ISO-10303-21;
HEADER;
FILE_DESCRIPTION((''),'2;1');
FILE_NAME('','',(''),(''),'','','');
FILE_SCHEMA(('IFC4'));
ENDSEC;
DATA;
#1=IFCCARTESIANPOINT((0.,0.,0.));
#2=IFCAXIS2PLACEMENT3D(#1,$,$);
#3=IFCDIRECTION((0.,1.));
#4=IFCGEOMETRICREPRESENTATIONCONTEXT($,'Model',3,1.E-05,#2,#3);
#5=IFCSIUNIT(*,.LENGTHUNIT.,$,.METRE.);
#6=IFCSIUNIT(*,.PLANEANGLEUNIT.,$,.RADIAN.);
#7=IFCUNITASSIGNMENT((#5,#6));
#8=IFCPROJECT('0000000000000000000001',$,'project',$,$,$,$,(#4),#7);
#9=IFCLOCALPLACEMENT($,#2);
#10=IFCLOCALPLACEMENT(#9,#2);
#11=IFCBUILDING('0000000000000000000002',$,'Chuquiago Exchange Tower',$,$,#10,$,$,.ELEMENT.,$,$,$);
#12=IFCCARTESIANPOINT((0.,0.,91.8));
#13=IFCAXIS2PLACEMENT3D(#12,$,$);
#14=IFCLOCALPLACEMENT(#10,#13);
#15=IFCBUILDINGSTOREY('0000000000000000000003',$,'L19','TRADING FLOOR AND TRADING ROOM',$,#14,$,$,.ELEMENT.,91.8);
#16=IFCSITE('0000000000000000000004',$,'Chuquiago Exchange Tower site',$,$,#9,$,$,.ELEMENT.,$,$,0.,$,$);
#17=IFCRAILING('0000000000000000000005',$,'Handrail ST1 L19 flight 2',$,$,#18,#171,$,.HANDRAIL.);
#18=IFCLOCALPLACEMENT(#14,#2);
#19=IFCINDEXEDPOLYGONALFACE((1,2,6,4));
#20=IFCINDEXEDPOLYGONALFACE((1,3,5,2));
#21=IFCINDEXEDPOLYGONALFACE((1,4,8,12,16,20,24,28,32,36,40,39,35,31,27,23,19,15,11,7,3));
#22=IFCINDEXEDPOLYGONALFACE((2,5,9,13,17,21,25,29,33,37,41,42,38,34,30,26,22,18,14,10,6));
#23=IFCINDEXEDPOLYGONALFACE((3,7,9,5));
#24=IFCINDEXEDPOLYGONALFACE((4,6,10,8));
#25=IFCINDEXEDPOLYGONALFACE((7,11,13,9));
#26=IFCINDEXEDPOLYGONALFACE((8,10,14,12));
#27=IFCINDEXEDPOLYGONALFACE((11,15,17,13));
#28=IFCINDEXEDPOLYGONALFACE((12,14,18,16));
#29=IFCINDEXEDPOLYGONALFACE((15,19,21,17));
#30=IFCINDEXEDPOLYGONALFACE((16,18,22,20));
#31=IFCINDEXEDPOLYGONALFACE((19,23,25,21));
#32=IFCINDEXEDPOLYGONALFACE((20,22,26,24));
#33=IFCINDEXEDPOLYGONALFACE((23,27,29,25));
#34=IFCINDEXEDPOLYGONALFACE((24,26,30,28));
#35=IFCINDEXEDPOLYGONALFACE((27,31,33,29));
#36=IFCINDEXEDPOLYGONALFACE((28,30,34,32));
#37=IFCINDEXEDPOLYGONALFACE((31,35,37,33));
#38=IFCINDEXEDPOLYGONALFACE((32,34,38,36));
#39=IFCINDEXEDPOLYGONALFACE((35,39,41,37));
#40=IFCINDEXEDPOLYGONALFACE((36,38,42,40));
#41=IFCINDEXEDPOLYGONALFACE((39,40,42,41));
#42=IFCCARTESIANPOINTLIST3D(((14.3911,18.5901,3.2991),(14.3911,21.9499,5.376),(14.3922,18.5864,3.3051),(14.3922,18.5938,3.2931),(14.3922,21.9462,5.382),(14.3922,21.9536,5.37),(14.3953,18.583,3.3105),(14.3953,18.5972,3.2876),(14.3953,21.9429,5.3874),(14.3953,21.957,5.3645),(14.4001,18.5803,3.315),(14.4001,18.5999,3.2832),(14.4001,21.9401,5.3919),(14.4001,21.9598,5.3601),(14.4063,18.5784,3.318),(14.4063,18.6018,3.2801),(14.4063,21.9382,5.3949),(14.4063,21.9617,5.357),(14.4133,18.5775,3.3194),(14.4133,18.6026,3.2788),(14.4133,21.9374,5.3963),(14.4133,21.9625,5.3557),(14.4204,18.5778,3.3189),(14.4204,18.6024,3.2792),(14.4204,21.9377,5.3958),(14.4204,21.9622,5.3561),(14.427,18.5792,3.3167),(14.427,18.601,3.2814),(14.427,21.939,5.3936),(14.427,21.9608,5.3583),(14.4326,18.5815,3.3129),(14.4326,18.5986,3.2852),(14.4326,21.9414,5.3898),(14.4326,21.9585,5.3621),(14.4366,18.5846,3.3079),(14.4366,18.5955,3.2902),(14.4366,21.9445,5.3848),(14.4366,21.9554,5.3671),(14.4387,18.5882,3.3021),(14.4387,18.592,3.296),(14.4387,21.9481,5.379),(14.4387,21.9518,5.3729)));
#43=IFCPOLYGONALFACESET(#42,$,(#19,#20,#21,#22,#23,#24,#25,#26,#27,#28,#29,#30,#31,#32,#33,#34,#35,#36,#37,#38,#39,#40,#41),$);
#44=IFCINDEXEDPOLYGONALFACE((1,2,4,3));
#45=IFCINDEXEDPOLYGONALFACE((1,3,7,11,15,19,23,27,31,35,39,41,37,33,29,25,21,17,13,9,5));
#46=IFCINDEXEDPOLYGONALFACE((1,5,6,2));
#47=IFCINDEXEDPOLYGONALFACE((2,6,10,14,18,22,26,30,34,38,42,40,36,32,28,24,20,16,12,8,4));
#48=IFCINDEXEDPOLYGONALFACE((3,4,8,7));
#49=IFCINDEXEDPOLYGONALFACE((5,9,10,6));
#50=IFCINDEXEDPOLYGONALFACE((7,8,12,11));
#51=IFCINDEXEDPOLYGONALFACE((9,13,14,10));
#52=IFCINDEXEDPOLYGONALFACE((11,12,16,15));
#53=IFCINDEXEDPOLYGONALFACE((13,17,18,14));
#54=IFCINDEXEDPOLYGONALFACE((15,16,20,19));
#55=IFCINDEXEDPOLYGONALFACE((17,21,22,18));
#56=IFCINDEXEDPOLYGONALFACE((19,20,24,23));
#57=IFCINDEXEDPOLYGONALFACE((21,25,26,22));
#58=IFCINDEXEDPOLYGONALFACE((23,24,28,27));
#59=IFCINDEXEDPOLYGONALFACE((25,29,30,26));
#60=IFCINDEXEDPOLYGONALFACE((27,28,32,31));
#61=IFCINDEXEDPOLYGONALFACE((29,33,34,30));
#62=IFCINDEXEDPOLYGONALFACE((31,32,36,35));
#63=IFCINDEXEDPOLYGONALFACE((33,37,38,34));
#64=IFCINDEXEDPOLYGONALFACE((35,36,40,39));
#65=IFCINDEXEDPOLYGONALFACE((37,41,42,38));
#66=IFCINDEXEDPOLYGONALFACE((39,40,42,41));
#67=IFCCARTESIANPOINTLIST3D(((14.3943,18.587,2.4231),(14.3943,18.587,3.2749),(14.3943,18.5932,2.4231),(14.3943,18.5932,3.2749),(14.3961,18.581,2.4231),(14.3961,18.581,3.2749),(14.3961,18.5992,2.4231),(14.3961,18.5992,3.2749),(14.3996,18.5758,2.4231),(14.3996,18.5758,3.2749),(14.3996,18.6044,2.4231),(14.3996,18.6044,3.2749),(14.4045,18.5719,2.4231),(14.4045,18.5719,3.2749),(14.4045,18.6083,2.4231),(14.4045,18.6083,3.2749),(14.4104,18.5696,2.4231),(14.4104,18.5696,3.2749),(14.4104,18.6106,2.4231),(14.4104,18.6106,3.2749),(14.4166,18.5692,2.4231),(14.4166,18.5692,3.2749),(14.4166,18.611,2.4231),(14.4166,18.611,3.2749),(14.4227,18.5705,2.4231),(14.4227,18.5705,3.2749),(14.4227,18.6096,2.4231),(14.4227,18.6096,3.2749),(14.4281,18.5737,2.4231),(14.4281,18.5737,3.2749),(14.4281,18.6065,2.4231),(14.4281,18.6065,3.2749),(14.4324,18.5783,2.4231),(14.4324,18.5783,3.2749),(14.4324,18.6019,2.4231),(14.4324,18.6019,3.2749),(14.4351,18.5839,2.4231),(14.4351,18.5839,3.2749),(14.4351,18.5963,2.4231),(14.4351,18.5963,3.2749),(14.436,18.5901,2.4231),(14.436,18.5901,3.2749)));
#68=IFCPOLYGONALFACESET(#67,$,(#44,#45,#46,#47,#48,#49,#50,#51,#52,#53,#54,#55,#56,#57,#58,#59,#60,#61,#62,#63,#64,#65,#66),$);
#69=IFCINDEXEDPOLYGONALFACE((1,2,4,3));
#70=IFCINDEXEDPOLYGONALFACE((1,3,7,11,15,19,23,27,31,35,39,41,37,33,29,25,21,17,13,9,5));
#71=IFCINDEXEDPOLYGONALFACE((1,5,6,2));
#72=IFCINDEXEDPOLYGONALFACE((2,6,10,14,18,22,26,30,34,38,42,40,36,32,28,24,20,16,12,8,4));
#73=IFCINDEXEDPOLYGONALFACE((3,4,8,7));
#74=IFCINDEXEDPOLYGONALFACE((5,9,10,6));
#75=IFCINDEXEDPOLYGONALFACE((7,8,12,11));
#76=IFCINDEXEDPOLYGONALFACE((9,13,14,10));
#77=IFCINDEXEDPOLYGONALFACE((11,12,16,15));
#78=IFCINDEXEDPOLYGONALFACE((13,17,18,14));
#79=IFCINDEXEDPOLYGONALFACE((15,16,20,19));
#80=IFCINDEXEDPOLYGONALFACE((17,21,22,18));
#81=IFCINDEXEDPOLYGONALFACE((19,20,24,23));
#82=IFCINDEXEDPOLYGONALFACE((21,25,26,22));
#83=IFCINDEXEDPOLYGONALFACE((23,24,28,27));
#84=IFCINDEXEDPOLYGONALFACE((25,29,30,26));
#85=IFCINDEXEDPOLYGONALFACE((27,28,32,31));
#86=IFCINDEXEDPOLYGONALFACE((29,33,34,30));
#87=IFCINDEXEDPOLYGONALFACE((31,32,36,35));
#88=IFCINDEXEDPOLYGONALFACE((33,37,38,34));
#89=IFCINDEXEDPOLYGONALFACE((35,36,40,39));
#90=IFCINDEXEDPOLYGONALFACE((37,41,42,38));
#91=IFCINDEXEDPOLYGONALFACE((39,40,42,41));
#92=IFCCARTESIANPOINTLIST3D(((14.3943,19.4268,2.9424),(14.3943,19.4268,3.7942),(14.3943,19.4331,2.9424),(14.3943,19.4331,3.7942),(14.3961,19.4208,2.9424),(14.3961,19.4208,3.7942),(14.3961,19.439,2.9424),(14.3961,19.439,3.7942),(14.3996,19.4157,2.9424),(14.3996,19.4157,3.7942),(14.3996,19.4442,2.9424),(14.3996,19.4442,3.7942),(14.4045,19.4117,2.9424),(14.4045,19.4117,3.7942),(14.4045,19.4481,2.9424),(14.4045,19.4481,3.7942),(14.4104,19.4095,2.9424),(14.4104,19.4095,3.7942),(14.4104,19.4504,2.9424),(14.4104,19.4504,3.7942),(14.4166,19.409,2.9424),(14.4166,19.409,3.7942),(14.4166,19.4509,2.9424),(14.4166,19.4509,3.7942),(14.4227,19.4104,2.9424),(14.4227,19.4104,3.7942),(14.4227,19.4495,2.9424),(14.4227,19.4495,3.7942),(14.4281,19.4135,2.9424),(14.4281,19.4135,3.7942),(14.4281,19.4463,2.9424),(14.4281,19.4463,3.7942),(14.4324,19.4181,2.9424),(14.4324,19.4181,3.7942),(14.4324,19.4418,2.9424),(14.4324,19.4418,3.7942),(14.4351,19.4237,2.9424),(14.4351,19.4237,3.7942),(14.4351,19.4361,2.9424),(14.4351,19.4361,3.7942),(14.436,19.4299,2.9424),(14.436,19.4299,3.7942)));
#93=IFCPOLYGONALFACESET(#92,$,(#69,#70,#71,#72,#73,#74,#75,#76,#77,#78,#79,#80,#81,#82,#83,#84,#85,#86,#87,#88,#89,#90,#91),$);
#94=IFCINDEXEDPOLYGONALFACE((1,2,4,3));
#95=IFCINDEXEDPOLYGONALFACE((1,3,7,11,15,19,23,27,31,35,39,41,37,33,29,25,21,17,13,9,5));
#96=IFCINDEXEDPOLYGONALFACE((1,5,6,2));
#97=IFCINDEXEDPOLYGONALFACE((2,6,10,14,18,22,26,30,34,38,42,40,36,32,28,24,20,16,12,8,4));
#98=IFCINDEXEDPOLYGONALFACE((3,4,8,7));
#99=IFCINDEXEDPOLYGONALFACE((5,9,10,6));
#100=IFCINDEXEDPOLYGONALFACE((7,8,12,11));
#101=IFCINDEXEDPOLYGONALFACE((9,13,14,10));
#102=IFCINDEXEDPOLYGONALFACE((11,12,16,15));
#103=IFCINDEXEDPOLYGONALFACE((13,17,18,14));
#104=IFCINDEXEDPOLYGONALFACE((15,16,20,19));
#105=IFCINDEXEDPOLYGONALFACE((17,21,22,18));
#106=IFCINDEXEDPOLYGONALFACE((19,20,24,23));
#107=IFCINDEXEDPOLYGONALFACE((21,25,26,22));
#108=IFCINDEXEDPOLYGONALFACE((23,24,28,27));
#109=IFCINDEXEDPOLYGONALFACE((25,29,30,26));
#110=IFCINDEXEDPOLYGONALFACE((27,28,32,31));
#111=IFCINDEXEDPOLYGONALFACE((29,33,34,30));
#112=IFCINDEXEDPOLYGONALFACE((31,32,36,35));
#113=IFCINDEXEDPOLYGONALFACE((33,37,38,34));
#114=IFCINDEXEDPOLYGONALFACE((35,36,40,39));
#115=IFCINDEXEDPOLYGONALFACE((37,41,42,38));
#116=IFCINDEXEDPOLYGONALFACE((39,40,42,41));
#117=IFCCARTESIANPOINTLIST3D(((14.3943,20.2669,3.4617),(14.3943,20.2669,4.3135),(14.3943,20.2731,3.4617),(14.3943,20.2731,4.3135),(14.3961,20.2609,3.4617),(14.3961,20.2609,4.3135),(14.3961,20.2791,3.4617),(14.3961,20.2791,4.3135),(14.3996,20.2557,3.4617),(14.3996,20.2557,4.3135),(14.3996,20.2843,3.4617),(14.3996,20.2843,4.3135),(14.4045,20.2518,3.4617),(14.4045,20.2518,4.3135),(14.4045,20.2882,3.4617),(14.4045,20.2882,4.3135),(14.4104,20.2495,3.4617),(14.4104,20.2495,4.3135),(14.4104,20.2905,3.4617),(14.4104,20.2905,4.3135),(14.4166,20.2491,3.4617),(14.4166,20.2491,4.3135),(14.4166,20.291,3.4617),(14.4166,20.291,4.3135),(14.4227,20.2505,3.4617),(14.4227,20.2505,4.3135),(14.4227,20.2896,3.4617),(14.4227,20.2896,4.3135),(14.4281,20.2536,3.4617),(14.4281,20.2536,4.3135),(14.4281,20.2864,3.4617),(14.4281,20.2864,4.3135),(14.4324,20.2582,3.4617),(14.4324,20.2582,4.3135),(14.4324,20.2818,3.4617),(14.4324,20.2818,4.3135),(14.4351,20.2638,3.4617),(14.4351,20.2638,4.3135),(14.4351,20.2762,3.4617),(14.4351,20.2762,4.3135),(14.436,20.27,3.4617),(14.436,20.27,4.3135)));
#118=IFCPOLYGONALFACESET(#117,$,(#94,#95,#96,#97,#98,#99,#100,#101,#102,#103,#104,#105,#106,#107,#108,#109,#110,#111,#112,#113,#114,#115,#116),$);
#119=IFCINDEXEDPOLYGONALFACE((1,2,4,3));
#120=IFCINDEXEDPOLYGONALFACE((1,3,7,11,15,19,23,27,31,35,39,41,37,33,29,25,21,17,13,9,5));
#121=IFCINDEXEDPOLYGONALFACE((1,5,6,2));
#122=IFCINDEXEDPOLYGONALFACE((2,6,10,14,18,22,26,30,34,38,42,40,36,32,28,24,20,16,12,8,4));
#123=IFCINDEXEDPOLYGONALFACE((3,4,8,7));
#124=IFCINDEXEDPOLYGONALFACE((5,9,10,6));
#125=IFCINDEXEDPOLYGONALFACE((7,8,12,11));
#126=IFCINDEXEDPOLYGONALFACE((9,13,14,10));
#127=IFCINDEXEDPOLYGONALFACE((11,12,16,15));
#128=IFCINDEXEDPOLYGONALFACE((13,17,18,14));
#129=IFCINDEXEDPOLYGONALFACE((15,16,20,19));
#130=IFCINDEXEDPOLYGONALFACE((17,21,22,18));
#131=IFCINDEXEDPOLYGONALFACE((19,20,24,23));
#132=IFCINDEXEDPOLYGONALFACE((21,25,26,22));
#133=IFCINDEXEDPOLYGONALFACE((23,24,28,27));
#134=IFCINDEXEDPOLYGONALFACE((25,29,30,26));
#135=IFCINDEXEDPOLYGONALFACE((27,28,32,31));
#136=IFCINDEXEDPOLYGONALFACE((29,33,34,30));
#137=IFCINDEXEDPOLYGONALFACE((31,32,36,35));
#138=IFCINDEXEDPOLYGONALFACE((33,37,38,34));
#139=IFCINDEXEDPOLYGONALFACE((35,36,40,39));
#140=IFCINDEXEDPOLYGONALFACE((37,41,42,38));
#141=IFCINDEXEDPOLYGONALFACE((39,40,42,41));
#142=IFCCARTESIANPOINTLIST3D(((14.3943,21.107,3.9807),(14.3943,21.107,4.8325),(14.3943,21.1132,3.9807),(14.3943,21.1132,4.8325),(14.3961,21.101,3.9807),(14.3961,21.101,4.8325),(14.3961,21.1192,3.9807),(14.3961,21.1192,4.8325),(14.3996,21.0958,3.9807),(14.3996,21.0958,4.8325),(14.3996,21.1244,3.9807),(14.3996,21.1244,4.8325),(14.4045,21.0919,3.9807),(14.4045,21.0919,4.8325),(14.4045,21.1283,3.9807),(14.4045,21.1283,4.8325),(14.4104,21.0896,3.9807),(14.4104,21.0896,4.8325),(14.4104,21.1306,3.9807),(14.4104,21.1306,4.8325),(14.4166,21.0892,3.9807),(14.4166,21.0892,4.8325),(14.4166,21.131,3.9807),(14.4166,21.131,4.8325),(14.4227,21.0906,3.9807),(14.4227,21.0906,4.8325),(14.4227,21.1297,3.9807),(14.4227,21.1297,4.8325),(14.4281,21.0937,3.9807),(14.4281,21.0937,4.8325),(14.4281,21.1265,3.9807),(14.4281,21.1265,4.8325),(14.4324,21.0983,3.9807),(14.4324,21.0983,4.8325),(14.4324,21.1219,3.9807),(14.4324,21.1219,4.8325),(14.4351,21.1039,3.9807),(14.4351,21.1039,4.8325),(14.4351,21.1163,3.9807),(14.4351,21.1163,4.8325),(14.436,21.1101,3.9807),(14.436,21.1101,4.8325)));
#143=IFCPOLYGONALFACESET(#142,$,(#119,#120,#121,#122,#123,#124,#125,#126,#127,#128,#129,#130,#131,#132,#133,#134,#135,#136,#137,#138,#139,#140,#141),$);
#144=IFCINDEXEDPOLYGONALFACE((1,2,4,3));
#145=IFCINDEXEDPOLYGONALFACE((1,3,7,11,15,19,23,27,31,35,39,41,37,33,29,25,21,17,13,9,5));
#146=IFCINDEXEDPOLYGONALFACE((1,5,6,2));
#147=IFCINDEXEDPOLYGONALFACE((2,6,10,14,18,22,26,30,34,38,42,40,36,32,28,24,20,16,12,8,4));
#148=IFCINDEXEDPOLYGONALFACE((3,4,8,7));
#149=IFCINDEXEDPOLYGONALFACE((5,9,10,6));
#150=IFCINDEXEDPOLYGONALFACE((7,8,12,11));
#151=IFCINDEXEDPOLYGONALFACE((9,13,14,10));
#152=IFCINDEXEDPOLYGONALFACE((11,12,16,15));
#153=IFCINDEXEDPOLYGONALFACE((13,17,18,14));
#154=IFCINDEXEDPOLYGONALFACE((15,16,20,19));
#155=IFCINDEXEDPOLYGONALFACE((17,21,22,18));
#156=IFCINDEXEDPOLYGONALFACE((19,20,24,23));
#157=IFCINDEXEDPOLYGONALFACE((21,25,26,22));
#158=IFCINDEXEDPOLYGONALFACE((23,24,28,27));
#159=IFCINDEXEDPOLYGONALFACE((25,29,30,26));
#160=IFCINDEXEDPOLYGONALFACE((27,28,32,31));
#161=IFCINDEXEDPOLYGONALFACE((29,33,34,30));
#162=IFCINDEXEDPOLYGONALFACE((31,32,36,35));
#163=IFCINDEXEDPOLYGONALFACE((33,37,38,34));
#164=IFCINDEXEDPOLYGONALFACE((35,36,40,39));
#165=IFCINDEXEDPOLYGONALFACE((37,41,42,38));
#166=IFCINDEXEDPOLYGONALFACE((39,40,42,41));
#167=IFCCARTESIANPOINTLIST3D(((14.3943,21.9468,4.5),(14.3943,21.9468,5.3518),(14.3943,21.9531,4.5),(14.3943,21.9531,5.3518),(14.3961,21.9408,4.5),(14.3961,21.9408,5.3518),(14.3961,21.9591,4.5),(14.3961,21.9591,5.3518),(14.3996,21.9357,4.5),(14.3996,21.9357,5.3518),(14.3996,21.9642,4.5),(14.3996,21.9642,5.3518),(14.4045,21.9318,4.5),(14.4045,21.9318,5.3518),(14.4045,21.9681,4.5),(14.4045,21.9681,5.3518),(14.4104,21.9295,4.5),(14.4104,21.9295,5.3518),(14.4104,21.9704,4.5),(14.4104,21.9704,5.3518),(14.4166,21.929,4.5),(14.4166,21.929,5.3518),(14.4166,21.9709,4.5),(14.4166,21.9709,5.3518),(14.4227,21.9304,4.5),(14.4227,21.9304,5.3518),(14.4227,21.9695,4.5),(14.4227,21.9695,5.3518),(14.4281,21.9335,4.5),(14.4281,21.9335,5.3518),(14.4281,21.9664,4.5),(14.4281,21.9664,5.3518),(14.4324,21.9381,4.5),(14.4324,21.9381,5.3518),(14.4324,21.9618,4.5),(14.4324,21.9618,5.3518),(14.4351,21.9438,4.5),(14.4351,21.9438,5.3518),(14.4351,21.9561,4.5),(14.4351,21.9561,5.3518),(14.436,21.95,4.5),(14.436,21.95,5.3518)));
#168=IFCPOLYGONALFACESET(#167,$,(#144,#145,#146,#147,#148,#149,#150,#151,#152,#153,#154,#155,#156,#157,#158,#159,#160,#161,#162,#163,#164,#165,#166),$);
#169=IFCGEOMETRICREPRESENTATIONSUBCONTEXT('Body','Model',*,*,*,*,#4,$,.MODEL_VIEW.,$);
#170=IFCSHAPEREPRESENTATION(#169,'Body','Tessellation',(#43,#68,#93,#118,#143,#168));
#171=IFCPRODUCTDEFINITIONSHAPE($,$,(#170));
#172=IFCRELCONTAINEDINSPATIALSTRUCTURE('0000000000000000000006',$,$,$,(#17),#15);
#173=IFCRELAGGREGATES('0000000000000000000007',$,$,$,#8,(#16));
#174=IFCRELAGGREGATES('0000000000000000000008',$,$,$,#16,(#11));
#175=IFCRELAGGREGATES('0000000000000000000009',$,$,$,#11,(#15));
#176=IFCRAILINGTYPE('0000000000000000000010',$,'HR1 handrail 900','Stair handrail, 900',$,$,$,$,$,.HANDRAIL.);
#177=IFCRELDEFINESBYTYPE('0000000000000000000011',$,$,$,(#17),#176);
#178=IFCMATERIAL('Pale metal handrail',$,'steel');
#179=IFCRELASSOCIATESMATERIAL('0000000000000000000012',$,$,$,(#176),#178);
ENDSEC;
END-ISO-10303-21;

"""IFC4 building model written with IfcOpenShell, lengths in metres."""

from ifc_helpers import new_model, si_unit, direction, frame, origin, origin_2d, place, context, subcontext, project, spatial, circle, extrude, material, type_object, element, save


model = new_model("IFC4")

# Units and contexts
model_context = context("Model", 3, precision=1e-05, world=origin(), true_north=direction((0.0, 1.0)))
body_context = subcontext(model_context, "Body", "Model", "MODEL_VIEW")
ifc_project = project(units=[si_unit("LENGTHUNIT", "METRE"), si_unit("PLANEANGLEUNIT", "RADIAN")], contexts=[model_context])

# Site, building, storey
site_placement = place(None, origin())
site = spatial("IfcSite", under=ifc_project, at=site_placement, Name="Chuquiago Exchange Tower site", CompositionType="ELEMENT", RefElevation=0.0)
building_placement = place(site_placement, origin())
building = spatial("IfcBuilding", under=site, at=building_placement, Name="Chuquiago Exchange Tower", CompositionType="ELEMENT")
storey_placement = place(building_placement, frame((0.0, 0.0, 91.8)))
storey = spatial("IfcBuildingStorey", under=building, at=storey_placement, Name="L19", Description="TRADING FLOOR AND TRADING ROOM", CompositionType="ELEMENT", Elevation=91.8)

# Railing
ifc_material_1 = material(Name="Pale metal handrail", Category="steel")
railing_type_1 = type_object("IfcRailingType", Name="HR1 handrail 900", Description="Stair handrail, 900", PredefinedType="HANDRAIL", material=ifc_material_1)
for number, where, name in (
    (1, (14.415, 18.5901, 2.4231), "Handrail ST1 L19 flight 2"),
):
    element("IfcRailing", number, at=place(storey_placement, frame(where)), inside=storey, type_object=railing_type_1, Name=name, PredefinedType="HANDRAIL", context=body_context, shape_type="SweptSolid", body=[
        extrude(circle(Radius=0.0239, at=origin_2d()), frame((0.0, 0.0, 0.876), z_axis=(0.0, 0.850606, 0.525803), x_axis=(-1.0, 0.0, 0.0)), (0.0, 0.0, 1.0), 3.95),
        extrude(circle(Radius=0.021, at=origin_2d()), origin(), (0.0, 0.0, 1.0), 0.8518),
        extrude(circle(Radius=0.021, at=origin_2d()), frame((0.0, 0.8398, 0.5193)), (0.0, 0.0, 1.0), 0.8518),
        extrude(circle(Radius=0.021, at=origin_2d()), frame((0.0, 1.6799, 1.0386)), (0.0, 0.0, 1.0), 0.8518),
        extrude(circle(Radius=0.021, at=origin_2d()), frame((0.0, 2.52, 1.5576)), (0.0, 0.0, 1.0), 0.8518),
        extrude(circle(Radius=0.021, at=origin_2d()), frame((0.0, 3.3599, 2.0769)), (0.0, 0.0, 1.0), 0.8518),
    ])

save(model, "model.ifc")
